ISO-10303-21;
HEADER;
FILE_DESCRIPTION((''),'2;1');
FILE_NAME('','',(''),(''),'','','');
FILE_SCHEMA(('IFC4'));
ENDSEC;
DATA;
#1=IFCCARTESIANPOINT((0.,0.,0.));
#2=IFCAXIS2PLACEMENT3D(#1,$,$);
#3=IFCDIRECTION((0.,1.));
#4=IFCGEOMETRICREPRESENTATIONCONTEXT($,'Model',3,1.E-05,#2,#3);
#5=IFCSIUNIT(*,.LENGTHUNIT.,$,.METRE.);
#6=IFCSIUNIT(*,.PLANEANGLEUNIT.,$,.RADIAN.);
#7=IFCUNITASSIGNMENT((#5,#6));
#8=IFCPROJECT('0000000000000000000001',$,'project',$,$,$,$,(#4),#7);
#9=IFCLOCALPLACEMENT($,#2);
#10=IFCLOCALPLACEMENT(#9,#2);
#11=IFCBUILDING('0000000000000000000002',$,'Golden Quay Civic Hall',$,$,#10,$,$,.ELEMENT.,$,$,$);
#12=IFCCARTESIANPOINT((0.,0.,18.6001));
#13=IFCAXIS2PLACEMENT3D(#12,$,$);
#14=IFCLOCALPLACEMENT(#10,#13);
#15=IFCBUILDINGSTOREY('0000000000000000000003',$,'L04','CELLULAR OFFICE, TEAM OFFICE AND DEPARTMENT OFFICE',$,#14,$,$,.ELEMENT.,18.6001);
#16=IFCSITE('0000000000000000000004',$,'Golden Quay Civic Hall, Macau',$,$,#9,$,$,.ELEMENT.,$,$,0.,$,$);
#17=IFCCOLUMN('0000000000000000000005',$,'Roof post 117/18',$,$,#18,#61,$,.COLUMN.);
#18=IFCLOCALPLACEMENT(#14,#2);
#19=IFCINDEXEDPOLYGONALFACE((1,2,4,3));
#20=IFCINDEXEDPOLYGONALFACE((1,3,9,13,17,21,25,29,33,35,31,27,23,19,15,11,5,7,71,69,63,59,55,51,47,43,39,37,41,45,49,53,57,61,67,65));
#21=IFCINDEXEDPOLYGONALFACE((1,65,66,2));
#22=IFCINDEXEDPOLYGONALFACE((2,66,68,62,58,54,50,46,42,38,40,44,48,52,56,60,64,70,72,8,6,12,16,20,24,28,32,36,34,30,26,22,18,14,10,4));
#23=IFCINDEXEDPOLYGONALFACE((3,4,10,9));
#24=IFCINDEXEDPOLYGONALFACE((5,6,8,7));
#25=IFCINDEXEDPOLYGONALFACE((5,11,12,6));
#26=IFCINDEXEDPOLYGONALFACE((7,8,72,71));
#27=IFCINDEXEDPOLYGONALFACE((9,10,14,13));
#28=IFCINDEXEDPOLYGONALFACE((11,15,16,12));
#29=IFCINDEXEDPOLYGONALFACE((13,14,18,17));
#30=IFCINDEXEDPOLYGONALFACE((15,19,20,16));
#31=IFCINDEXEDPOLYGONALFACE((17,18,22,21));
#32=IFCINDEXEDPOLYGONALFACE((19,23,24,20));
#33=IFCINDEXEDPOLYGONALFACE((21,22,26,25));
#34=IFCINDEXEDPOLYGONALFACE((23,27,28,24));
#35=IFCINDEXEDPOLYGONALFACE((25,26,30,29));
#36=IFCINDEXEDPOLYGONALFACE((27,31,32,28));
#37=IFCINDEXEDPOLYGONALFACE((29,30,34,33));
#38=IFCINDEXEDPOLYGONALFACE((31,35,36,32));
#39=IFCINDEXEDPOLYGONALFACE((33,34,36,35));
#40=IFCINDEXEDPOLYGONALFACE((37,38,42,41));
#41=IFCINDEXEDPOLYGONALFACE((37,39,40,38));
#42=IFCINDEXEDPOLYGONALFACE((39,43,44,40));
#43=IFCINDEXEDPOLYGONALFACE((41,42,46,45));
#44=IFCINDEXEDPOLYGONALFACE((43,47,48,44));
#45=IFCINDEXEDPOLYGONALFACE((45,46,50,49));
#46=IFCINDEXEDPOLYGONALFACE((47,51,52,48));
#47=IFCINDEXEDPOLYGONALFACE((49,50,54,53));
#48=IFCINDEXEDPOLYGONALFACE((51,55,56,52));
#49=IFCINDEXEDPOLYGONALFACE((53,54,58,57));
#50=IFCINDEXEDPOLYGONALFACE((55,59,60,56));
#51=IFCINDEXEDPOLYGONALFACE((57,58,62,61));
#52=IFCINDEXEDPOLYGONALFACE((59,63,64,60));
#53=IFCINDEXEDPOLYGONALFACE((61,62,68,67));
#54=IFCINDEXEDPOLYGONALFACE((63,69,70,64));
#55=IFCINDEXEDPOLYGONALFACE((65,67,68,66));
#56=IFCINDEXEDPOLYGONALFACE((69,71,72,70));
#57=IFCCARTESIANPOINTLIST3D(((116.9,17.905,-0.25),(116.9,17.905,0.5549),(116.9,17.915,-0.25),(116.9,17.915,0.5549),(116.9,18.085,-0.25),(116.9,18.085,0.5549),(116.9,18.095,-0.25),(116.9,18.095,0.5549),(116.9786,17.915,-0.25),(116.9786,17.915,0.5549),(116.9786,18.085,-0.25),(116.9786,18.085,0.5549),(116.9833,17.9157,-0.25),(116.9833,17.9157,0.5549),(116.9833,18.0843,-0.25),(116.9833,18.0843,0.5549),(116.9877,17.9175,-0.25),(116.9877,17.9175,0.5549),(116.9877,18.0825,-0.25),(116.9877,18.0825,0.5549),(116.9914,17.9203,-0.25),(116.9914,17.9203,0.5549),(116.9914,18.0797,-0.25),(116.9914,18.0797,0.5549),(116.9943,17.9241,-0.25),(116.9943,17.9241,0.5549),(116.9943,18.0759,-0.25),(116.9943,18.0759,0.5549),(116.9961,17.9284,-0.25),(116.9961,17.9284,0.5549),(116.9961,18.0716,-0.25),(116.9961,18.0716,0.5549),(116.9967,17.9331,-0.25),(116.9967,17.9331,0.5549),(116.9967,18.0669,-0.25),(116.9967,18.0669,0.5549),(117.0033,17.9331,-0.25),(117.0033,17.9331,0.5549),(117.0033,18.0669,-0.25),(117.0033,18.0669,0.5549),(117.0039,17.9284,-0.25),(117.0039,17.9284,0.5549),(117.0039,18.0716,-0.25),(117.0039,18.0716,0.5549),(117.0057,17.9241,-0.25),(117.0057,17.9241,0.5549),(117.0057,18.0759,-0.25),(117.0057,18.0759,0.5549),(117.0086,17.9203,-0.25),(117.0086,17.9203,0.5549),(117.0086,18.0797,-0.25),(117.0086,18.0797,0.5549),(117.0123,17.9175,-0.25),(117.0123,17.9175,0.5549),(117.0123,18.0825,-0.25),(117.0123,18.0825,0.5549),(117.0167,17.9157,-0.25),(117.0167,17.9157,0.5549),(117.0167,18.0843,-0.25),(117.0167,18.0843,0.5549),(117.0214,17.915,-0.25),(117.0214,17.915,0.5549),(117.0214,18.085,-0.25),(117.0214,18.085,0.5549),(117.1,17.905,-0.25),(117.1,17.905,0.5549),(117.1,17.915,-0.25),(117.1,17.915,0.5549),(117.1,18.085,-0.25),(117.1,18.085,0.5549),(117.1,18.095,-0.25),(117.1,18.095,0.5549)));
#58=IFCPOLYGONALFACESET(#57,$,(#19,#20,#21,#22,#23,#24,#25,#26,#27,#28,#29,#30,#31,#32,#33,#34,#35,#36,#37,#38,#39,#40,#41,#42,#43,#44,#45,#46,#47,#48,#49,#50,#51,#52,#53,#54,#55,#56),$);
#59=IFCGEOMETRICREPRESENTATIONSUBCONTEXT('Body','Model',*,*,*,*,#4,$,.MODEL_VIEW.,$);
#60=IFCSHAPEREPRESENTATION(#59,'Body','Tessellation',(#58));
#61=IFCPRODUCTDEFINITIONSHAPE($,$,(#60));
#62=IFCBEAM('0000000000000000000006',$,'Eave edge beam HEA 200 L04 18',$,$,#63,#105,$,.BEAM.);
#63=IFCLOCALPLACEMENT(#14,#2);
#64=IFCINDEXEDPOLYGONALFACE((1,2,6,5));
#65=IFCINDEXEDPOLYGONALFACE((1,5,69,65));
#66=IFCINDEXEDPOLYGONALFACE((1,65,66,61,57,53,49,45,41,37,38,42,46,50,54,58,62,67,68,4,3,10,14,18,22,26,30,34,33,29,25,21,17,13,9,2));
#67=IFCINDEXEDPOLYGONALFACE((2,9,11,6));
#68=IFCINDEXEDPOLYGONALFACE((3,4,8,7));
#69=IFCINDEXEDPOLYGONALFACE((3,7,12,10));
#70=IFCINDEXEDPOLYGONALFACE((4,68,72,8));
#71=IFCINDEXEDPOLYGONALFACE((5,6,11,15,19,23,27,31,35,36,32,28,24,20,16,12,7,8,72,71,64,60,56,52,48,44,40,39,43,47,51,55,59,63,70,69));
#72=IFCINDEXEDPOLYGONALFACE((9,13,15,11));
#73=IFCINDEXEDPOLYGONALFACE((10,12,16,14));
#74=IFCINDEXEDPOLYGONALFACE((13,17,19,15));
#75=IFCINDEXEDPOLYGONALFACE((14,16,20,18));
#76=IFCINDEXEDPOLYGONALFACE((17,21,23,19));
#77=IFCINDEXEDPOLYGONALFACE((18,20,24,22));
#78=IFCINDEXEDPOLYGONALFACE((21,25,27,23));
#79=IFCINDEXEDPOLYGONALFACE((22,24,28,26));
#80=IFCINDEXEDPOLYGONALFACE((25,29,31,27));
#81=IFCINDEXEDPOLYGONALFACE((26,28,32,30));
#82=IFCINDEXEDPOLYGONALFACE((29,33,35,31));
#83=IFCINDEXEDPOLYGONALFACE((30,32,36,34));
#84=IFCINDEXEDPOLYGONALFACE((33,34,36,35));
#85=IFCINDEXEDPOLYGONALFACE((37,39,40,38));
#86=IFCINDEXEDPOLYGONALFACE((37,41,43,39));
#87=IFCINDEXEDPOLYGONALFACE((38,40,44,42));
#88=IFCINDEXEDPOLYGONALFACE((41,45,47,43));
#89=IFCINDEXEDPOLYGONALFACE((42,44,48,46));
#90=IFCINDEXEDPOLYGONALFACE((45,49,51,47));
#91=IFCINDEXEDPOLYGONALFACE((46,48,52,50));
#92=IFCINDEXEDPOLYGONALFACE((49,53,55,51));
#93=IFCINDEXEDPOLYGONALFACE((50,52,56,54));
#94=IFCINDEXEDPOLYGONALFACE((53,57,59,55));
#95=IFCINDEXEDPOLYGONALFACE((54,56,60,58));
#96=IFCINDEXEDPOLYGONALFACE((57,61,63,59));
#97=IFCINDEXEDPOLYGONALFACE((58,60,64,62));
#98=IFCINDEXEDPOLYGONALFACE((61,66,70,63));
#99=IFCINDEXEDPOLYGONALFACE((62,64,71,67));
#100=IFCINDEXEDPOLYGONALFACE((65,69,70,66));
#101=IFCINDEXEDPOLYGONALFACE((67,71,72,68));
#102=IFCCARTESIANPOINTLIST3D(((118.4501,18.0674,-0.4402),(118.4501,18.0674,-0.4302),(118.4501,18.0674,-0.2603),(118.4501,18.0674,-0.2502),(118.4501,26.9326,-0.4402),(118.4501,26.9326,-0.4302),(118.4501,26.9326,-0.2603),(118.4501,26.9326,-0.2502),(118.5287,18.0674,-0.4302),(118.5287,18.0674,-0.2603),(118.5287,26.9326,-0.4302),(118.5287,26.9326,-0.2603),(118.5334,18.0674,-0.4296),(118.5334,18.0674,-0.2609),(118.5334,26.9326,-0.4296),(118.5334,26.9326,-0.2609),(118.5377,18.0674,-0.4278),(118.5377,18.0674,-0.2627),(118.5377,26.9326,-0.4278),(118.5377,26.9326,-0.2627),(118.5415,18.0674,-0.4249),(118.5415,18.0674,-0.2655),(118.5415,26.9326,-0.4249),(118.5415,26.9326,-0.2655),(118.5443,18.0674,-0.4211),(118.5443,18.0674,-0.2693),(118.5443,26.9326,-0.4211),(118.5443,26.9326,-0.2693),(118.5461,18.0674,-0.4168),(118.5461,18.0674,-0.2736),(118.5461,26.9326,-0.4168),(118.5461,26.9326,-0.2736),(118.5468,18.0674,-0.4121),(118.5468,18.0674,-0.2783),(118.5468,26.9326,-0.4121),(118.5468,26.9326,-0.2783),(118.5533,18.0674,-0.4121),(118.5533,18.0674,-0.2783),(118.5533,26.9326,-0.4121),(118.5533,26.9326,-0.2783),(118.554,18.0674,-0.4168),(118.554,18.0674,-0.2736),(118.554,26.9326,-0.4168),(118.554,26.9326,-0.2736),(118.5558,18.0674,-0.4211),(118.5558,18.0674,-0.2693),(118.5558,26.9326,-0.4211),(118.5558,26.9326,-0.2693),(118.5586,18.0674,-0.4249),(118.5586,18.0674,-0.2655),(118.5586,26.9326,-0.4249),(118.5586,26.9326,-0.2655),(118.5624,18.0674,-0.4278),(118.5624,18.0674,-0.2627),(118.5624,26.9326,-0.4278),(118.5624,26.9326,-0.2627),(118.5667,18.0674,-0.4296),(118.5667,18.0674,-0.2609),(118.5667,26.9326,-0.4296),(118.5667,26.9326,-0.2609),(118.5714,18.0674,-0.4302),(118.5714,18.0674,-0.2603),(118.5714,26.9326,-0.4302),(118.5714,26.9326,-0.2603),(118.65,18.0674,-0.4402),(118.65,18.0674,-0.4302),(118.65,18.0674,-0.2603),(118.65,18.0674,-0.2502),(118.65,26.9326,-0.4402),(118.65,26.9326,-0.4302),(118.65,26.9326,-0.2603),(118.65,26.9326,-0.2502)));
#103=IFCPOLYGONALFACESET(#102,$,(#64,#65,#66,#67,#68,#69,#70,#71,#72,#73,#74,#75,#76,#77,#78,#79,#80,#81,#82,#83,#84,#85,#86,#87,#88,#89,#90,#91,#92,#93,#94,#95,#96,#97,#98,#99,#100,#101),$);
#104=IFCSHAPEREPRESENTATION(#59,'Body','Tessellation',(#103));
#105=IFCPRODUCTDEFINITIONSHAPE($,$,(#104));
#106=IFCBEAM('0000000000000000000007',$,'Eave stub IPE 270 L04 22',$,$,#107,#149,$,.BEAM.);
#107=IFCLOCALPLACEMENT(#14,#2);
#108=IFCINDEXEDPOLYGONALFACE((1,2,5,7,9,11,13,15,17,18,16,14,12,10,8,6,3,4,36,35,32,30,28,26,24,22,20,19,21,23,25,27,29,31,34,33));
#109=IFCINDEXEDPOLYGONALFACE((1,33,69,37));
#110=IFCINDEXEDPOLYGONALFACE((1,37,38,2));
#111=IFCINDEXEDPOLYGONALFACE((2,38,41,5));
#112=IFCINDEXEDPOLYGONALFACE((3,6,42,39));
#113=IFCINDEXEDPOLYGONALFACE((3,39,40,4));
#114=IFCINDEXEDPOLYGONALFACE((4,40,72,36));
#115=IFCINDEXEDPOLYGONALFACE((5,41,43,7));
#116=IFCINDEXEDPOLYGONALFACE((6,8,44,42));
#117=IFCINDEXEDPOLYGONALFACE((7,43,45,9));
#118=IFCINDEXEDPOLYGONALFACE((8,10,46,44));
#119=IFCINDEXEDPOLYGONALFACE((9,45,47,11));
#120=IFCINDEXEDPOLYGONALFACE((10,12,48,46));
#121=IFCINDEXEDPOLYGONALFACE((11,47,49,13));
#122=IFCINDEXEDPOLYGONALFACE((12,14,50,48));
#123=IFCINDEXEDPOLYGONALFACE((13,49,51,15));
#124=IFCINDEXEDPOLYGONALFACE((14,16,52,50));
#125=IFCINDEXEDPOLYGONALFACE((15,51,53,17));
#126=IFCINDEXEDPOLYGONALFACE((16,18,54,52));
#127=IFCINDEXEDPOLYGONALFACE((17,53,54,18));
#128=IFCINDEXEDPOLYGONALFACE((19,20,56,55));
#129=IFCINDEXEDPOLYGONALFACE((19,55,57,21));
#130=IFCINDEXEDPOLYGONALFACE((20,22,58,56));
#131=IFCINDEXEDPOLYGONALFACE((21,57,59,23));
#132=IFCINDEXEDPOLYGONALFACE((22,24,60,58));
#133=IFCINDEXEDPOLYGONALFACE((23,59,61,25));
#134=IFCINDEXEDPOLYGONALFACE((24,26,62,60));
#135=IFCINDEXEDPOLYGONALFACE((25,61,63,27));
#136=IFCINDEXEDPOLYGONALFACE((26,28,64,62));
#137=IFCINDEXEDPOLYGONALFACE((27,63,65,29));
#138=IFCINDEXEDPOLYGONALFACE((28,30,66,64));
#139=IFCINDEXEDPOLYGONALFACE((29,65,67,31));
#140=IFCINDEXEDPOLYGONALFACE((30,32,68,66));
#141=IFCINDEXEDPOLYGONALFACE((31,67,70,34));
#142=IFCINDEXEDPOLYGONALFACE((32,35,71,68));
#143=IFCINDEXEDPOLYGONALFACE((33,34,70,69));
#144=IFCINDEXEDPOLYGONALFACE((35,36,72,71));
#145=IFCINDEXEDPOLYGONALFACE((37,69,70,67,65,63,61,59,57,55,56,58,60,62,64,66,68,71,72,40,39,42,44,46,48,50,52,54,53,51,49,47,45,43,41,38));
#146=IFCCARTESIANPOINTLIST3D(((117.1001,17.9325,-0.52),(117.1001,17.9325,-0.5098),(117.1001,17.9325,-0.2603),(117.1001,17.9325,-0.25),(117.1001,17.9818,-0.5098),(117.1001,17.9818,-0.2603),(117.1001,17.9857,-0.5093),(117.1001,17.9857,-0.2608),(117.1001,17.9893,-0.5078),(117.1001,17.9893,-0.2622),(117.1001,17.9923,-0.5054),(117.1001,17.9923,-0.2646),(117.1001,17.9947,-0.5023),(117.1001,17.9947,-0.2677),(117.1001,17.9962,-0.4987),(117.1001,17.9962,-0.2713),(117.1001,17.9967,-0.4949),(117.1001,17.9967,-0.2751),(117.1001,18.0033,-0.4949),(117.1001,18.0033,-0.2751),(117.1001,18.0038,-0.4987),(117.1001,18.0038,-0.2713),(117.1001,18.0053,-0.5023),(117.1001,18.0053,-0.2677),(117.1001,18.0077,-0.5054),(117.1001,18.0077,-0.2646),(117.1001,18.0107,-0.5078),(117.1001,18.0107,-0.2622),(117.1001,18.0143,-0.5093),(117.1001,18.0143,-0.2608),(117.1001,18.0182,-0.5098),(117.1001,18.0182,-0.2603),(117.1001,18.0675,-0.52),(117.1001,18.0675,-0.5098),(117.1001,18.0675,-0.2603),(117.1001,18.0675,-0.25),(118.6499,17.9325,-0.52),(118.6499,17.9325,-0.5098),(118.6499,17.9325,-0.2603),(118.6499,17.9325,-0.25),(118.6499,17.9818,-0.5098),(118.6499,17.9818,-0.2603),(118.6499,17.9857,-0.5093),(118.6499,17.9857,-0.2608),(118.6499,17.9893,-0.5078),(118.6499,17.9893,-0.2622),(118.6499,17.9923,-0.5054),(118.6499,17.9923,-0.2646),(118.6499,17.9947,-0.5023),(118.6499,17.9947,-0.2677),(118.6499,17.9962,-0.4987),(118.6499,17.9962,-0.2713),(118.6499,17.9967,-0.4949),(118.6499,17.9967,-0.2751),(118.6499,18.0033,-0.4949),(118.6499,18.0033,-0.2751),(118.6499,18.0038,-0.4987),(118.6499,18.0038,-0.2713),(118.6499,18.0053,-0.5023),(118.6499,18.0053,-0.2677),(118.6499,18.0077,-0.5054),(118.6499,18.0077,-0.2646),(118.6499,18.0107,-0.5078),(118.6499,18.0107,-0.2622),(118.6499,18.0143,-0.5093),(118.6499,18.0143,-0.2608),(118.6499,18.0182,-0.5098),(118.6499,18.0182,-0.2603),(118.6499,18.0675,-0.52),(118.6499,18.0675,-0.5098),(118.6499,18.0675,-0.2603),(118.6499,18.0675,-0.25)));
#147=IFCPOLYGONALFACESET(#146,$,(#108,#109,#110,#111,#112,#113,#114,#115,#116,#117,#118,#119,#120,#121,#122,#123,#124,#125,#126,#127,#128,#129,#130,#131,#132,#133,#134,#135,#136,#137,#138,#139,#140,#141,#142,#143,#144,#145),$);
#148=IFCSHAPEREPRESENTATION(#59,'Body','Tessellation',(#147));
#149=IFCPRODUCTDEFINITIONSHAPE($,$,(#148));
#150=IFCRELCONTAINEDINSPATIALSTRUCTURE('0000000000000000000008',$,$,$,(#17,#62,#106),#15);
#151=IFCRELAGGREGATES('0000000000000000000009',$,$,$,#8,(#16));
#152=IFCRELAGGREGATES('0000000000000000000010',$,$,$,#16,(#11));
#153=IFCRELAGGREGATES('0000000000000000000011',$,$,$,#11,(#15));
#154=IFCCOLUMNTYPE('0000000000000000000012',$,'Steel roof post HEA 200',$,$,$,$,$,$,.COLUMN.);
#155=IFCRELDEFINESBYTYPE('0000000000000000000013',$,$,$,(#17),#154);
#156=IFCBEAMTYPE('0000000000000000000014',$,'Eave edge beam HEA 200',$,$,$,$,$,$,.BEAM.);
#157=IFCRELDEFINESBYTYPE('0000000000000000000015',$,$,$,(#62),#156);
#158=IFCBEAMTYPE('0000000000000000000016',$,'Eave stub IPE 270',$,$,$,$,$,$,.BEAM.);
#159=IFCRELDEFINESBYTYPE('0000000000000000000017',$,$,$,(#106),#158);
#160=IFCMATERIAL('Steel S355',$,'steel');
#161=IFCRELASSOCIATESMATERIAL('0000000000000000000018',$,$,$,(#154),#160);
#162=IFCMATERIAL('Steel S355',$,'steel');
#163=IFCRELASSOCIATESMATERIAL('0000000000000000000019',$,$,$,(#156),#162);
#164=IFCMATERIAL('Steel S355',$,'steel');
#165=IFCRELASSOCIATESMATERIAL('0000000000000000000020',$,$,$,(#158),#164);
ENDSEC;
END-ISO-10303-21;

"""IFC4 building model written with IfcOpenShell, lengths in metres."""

from ifc_helpers import new_model, si_unit, direction, frame, origin, origin_2d, place, context, subcontext, project, spatial, i_section, extrude, material, material_profile, profile_set, type_object, element, save


model = new_model("IFC4")

# Units and contexts
model_context = context("Model", 3, precision=1e-05, world=origin(), true_north=direction((0.0, 1.0)))
body_context = subcontext(model_context, "Body", "Model", "MODEL_VIEW")
ifc_project = project(units=[si_unit("LENGTHUNIT", "METRE"), si_unit("PLANEANGLEUNIT", "RADIAN")], contexts=[model_context])

# Site, building, storey
site_placement = place(None, origin())
site = spatial("IfcSite", under=ifc_project, at=site_placement, Name="Golden Quay Civic Hall, Macau", CompositionType="ELEMENT", RefElevation=0.0)
building_placement = place(site_placement, origin())
building = spatial("IfcBuilding", under=site, at=building_placement, Name="Golden Quay Civic Hall", CompositionType="ELEMENT")
storey_placement = place(building_placement, frame((0.0, 0.0, 18.6001)))
storey = spatial("IfcBuildingStorey", under=building, at=storey_placement, Name="L04", Description="CELLULAR OFFICE, TEAM OFFICE AND DEPARTMENT OFFICE", CompositionType="ELEMENT", Elevation=18.6001)

# Column
ifc_material_1 = material(Name="Steel S355", Category="steel")
ifc_material_profile_1 = material_profile(ifc_material_1, i_section(OverallWidth=0.2, OverallDepth=0.1899, WebThickness=0.0066, FlangeThickness=0.01, FilletRadius=0.0181, at=origin_2d()), Name="HEA 200")
ifc_profile_set_1 = profile_set([ifc_material_profile_1], Name="Steel S355")
column_type = type_object("IfcColumnType", Name="Steel roof post HEA 200", PredefinedType="COLUMN", material=ifc_profile_set_1)
column_placement = place(storey_placement, frame((117.0, 18.0, -0.25), z_axis=(0.0, 0.0, 1.0), x_axis=(1.0, 0.0, 0.0)))
element("IfcColumn", 1, at=column_placement, inside=storey, type_object=column_type, Name="Roof post 117/18", PredefinedType="COLUMN", context=body_context, shape_type="SweptSolid", body=[
    extrude(i_section(OverallWidth=0.2, OverallDepth=0.1899, WebThickness=0.0066, FlangeThickness=0.01, FilletRadius=0.0181, at=origin_2d()), origin(), (0.0, 0.0, 1.0), 0.8049),
])

# Beams
ifc_material_2 = material(Name="Steel S355", Category="steel")
ifc_material_profile_2 = material_profile(ifc_material_2, i_section(OverallWidth=0.2, OverallDepth=0.1899, WebThickness=0.0066, FlangeThickness=0.01, FilletRadius=0.0181, at=origin_2d()), Name="HEA 200")
ifc_profile_set_2 = profile_set([ifc_material_profile_2], Name="Steel S355")
beam_type_1 = type_object("IfcBeamType", Name="Eave edge beam HEA 200", PredefinedType="BEAM", material=ifc_profile_set_2)
beam_1_placement = place(storey_placement, frame((118.55, 18.0674, -0.3452), z_axis=(0.0, 1.0, 0.0), x_axis=(-1.0, 0.0, 0.0)))
element("IfcBeam", 2, at=beam_1_placement, inside=storey, type_object=beam_type_1, Name="Eave edge beam HEA 200 L04 18", PredefinedType="BEAM", context=body_context, shape_type="SweptSolid", body=[
    extrude(i_section(OverallWidth=0.2, OverallDepth=0.1899, WebThickness=0.0066, FlangeThickness=0.01, FilletRadius=0.0181, at=origin_2d()), origin(), (0.0, 0.0, 1.0), 8.8652),
])
ifc_material_3 = material(Name="Steel S355", Category="steel")
ifc_material_profile_3 = material_profile(ifc_material_3, i_section(OverallWidth=0.135, OverallDepth=0.27, WebThickness=0.0066, FlangeThickness=0.0103, FilletRadius=0.0149, at=origin_2d()), Name="IPE 270")
ifc_profile_set_3 = profile_set([ifc_material_profile_3], Name="Steel S355")
beam_type_2 = type_object("IfcBeamType", Name="Eave stub IPE 270", PredefinedType="BEAM", material=ifc_profile_set_3)
beam_2_placement = place(storey_placement, frame((117.1001, 18.0, -0.385), z_axis=(1.0, 0.0, 0.0), x_axis=(0.0, 1.0, 0.0)))
element("IfcBeam", 3, at=beam_2_placement, inside=storey, type_object=beam_type_2, Name="Eave stub IPE 270 L04 22", PredefinedType="BEAM", context=body_context, shape_type="SweptSolid", body=[
    extrude(i_section(OverallWidth=0.135, OverallDepth=0.27, WebThickness=0.0066, FlangeThickness=0.0103, FilletRadius=0.0149, at=origin_2d()), origin(), (0.0, 0.0, 1.0), 1.5498),
])

save(model, "model.ifc")
